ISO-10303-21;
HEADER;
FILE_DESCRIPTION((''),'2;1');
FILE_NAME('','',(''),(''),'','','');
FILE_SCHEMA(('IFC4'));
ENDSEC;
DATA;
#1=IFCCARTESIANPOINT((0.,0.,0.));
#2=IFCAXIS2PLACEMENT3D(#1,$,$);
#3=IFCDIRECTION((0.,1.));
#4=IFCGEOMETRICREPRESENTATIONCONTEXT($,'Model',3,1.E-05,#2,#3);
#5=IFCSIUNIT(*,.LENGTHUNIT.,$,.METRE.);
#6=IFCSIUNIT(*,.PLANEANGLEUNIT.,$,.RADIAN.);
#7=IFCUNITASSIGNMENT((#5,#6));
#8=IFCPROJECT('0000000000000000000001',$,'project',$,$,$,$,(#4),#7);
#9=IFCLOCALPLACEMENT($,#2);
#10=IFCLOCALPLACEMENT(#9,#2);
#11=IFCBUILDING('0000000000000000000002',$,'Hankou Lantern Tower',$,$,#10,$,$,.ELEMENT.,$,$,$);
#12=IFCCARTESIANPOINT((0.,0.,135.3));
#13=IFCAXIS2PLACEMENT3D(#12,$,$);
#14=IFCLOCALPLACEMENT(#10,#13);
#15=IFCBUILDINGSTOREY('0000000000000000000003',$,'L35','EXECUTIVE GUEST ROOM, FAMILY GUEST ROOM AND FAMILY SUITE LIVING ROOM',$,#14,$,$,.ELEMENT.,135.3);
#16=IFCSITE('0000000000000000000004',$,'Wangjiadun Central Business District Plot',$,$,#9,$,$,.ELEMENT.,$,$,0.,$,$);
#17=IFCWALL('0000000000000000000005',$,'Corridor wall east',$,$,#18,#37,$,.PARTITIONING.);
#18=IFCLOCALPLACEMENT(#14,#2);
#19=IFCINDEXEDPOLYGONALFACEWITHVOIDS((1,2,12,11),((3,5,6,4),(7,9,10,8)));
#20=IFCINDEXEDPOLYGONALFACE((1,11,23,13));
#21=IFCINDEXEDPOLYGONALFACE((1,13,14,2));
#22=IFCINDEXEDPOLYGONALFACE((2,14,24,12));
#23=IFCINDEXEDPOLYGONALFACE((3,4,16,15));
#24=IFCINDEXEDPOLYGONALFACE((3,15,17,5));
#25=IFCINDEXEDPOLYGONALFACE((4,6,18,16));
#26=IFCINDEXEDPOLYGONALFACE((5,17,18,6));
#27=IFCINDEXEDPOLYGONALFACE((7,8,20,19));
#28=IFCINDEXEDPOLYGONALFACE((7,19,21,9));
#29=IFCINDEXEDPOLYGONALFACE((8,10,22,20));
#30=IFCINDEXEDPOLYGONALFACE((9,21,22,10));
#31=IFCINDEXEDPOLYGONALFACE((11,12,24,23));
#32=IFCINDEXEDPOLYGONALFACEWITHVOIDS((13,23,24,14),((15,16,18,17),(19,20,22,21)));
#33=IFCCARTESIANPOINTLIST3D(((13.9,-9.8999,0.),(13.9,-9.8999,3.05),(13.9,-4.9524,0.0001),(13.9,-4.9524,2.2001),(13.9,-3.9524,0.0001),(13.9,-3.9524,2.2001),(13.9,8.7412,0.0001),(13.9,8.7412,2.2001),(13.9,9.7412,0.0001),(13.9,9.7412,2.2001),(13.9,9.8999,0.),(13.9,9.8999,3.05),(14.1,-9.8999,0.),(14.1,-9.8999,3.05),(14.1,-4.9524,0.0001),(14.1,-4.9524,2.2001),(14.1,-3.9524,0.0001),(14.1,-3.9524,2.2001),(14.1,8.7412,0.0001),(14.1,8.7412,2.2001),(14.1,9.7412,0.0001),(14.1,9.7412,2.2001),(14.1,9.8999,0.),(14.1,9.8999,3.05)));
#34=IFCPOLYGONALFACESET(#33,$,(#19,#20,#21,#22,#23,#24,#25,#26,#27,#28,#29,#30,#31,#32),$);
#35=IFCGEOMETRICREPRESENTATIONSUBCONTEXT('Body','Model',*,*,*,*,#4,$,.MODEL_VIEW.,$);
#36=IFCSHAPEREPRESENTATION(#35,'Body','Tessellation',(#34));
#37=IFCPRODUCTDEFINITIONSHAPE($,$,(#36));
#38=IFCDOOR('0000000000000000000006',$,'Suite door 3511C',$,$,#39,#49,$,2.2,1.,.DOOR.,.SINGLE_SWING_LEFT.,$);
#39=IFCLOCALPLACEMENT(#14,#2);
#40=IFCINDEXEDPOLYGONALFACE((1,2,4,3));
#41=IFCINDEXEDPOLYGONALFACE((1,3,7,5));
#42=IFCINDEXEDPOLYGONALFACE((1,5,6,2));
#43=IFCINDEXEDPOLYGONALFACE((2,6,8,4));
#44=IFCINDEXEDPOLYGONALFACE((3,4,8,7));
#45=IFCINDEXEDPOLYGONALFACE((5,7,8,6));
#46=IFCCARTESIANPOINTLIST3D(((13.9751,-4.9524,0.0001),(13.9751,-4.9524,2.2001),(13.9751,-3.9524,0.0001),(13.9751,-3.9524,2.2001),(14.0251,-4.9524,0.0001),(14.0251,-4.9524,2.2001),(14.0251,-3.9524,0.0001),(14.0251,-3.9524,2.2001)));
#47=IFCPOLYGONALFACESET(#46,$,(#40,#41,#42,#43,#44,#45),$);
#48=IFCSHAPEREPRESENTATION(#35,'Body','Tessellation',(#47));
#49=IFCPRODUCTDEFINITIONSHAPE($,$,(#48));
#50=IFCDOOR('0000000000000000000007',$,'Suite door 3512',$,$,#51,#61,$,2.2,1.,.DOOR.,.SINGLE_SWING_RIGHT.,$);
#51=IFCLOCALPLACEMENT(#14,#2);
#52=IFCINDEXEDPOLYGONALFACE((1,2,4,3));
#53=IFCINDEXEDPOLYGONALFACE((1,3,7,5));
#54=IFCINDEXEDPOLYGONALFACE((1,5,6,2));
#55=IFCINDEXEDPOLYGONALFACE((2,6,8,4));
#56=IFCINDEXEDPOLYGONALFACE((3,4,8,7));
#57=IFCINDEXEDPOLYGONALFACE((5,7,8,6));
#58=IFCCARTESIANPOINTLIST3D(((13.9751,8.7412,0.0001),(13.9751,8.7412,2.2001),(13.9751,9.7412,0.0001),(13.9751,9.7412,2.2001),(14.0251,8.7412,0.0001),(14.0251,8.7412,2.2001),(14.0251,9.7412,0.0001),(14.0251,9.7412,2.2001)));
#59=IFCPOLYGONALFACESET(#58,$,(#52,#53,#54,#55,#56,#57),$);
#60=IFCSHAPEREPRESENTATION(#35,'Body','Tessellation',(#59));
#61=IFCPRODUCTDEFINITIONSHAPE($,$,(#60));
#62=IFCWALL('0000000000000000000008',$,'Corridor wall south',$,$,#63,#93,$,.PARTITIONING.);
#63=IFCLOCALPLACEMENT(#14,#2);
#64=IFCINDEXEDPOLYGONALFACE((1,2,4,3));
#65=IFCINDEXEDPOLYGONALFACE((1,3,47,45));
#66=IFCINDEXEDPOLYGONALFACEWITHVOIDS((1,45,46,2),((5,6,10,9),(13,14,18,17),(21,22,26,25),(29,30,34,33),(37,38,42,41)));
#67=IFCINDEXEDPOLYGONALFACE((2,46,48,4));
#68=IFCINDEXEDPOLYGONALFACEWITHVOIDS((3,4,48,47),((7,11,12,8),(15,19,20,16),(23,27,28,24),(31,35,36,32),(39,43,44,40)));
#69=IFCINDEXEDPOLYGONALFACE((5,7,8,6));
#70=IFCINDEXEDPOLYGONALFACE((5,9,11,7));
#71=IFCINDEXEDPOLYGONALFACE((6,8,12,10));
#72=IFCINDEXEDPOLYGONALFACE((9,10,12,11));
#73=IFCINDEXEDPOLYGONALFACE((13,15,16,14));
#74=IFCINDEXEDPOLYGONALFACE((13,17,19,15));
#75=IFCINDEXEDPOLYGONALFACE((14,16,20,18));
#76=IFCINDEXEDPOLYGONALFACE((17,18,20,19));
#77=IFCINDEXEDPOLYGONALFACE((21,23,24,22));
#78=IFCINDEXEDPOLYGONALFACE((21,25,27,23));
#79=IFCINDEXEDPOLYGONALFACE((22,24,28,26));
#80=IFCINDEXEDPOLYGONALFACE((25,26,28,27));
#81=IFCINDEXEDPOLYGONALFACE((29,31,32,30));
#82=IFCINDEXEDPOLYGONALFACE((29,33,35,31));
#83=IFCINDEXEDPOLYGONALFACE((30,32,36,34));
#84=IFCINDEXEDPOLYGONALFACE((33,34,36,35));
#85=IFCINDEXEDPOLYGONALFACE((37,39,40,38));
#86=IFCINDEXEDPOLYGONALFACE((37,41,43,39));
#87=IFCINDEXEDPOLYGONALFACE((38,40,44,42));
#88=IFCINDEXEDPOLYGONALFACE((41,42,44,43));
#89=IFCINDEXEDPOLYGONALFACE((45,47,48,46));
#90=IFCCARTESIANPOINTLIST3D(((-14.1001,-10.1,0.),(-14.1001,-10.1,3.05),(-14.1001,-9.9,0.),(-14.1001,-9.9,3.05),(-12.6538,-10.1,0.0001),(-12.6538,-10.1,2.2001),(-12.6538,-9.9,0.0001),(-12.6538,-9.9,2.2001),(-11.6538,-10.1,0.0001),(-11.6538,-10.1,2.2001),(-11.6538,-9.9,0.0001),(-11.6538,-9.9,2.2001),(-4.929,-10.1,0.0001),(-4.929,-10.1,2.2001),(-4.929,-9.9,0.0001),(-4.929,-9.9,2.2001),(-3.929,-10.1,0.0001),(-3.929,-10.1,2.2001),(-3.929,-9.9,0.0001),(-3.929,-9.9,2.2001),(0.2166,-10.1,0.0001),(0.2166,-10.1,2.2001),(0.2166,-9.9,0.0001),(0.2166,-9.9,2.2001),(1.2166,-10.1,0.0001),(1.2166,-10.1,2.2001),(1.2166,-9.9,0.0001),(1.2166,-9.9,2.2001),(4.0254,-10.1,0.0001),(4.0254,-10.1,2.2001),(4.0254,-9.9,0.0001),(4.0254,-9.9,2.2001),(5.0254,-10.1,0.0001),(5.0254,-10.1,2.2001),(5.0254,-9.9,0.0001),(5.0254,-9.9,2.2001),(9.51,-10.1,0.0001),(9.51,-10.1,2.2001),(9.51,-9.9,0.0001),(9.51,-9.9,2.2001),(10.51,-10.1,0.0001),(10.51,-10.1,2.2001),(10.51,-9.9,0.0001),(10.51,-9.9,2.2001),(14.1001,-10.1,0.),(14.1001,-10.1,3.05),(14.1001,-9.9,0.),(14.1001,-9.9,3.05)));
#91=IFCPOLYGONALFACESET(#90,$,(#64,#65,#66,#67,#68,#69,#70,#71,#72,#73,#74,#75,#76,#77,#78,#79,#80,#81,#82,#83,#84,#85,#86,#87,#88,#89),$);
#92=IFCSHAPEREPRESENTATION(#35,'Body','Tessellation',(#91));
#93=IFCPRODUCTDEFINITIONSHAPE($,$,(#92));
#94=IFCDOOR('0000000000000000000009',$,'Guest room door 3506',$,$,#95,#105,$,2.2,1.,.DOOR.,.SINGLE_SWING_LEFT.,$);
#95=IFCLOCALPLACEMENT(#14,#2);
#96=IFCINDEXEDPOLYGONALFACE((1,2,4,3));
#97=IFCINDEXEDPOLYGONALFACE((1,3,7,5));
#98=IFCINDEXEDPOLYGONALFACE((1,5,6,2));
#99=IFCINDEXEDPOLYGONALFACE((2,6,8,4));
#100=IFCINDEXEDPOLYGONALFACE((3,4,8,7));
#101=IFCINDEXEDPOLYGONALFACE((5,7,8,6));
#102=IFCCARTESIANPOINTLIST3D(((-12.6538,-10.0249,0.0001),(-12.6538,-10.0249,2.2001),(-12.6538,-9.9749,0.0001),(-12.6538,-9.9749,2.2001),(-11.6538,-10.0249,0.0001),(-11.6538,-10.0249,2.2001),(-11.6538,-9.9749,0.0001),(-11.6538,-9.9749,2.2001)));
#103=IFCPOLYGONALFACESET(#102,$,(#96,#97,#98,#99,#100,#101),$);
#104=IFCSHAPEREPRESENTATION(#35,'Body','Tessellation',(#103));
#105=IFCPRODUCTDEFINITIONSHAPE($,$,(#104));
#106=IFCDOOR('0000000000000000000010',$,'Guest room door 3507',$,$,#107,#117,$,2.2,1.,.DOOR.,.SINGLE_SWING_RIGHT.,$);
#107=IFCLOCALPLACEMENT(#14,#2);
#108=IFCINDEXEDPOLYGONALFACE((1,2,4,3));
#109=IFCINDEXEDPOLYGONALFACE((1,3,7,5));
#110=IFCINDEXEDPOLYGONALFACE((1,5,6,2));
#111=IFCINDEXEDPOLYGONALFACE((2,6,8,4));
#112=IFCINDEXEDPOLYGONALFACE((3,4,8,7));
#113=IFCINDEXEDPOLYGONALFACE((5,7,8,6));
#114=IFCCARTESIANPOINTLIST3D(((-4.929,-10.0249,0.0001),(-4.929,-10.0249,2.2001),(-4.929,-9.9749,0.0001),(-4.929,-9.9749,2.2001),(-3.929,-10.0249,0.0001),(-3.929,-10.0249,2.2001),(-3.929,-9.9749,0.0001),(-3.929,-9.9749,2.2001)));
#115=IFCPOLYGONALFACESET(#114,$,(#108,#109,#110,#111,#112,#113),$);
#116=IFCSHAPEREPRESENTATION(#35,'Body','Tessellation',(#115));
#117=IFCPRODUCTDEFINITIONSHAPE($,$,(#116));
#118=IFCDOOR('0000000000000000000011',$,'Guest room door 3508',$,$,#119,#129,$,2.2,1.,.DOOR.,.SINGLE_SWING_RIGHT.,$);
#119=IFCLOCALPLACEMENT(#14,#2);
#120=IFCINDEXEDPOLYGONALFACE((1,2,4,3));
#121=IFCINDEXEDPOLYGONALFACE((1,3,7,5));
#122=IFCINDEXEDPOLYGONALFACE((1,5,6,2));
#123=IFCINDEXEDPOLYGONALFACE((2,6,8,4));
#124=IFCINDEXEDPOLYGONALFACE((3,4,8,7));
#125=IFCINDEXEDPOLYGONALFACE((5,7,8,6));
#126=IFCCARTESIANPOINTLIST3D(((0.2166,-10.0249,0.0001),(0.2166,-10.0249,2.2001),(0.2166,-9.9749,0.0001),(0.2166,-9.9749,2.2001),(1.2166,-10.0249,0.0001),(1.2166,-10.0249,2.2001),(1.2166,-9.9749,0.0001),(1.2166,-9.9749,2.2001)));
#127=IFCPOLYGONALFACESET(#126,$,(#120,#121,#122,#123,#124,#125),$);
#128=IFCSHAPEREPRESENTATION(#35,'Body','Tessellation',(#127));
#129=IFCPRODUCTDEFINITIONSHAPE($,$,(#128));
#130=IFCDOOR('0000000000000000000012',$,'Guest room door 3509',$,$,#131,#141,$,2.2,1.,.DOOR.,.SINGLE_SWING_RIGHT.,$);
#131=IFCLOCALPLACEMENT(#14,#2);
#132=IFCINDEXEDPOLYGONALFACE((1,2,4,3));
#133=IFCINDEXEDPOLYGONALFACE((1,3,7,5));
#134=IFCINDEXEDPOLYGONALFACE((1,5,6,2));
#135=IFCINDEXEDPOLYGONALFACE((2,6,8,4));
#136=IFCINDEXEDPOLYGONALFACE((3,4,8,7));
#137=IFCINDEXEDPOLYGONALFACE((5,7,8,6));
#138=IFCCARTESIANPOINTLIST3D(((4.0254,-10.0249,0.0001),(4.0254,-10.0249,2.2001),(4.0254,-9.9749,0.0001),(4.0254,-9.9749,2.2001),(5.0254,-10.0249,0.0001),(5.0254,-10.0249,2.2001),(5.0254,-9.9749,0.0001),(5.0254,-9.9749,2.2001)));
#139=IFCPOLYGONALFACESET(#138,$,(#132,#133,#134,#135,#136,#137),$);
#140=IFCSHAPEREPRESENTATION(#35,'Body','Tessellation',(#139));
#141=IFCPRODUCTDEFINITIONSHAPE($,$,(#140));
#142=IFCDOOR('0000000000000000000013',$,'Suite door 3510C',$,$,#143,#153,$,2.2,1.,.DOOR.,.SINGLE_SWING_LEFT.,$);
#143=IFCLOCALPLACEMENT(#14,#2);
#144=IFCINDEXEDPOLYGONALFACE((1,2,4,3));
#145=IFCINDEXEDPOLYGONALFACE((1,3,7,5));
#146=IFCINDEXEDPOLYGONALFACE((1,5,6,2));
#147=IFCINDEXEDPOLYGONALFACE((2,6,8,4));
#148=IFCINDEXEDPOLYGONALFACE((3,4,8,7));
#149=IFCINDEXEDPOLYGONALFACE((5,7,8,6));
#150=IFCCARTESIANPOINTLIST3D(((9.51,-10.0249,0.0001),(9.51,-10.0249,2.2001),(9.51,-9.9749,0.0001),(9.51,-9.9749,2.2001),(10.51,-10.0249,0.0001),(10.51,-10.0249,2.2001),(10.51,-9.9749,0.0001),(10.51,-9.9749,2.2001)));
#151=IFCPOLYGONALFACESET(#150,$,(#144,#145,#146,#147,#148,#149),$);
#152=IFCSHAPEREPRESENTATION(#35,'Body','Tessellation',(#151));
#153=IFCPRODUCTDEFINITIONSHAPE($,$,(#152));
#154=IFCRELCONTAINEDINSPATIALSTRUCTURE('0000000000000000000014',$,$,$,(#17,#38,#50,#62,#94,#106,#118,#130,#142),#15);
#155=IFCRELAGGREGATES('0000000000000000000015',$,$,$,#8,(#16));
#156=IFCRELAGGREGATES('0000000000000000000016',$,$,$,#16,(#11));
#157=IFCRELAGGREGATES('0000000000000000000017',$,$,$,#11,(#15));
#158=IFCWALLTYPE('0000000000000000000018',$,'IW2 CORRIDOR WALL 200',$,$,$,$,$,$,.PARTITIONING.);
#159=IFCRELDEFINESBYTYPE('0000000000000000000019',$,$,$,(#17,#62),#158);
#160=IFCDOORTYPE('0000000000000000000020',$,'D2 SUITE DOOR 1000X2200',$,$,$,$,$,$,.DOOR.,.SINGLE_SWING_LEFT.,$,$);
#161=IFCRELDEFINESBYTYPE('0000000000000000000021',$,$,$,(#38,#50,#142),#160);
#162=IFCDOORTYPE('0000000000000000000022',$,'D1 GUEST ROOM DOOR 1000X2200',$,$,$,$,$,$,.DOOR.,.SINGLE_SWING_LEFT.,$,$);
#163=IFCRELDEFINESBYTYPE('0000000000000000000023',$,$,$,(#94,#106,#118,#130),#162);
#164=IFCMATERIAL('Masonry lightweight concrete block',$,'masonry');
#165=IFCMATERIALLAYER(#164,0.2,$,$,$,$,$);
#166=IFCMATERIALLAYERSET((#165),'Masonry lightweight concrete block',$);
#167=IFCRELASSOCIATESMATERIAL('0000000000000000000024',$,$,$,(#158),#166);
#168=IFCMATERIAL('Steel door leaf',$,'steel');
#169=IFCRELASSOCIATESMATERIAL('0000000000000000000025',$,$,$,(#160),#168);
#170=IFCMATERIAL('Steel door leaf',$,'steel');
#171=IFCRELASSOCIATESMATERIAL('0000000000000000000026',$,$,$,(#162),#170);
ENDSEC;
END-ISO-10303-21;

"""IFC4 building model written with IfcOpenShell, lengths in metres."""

from ifc_helpers import new_model, si_unit, direction, frame, frame_2d, origin, place, context, subcontext, project, spatial, rectangle, extrude, material, layer, layer_set, type_object, element, fill, save


model = new_model("IFC4")

# Units and contexts
model_context = context("Model", 3, precision=1e-05, world=origin(), true_north=direction((0.0, 1.0)))
body_context = subcontext(model_context, "Body", "Model", "MODEL_VIEW")
ifc_project = project(units=[si_unit("LENGTHUNIT", "METRE"), si_unit("PLANEANGLEUNIT", "RADIAN")], contexts=[model_context])

# Site, building, storey
site_placement = place(None, origin())
site = spatial("IfcSite", under=ifc_project, at=site_placement, Name="Wangjiadun Central Business District Plot", CompositionType="ELEMENT", RefElevation=0.0)
building_placement = place(site_placement, origin())
building = spatial("IfcBuilding", under=site, at=building_placement, Name="Hankou Lantern Tower", CompositionType="ELEMENT")
storey_placement = place(building_placement, frame((0.0, 0.0, 135.3)))
storey = spatial("IfcBuildingStorey", under=building, at=storey_placement, Name="L35", Description="EXECUTIVE GUEST ROOM, FAMILY GUEST ROOM AND FAMILY SUITE LIVING ROOM", CompositionType="ELEMENT", Elevation=135.3)

# Walls, openings, doors
ifc_material_1 = material(Name="Masonry lightweight concrete block", Category="masonry")
ifc_layer_1 = layer(ifc_material_1, 0.2)
ifc_layer_set_1 = layer_set([ifc_layer_1], Name="Masonry lightweight concrete block")
wall_type_1 = type_object("IfcWallType", Name="IW2 CORRIDOR WALL 200", PredefinedType="PARTITIONING", material=ifc_layer_set_1)
wall_1_placement = place(storey_placement, frame((14.0, -9.8999, 0.0), z_axis=(0.0, 0.0, 1.0), x_axis=(0.0, 1.0, 0.0)))
wall_1 = element("IfcWall", 1, at=wall_1_placement, inside=storey, type_object=wall_type_1, Name="Corridor wall east", PredefinedType="PARTITIONING", context=body_context, shape_type="SweptSolid", body=[
    extrude(rectangle(XDim=19.7998, YDim=0.2, at=frame_2d((9.8999, 0.0))), origin(), (0.0, 0.0, 1.0), 3.05),
])
opening_1_placement = place(wall_1_placement, frame((4.9475, 0.0, 0.0)))
opening_1 = element("IfcOpeningElement", 2, at=opening_1_placement, cuts=wall_1, PredefinedType="OPENING", context=body_context, shape_type="SweptSolid", body=[
    extrude(rectangle(XDim=1.0, YDim=2.2, at=frame_2d((0.5, 1.1001))), frame((0.0, 0.1099, 0.0), z_axis=(0.0, -1.0, 0.0), x_axis=(1.0, 0.0, 0.0)), (0.0, 0.0, 1.0), 0.22),
])
opening_2_placement = place(wall_1_placement, frame((18.6411, 0.0, 0.0)))
opening_2 = element("IfcOpeningElement", 3, at=opening_2_placement, cuts=wall_1, PredefinedType="OPENING", context=body_context, shape_type="SweptSolid", body=[
    extrude(rectangle(XDim=1.0, YDim=2.2, at=frame_2d((0.5, 1.1001))), frame((0.0, 0.1099, 0.0), z_axis=(0.0, -1.0, 0.0), x_axis=(1.0, 0.0, 0.0)), (0.0, 0.0, 1.0), 0.22),
])
ifc_material_2 = material(Name="Steel door leaf", Category="steel")
door_type_1 = type_object("IfcDoorType", Name="D2 SUITE DOOR 1000X2200", OperationType="SINGLE_SWING_LEFT", PredefinedType="DOOR", material=ifc_material_2)
door_1_placement = place(opening_1_placement, origin())
door_1 = element("IfcDoor", 4, at=door_1_placement, inside=storey, type_object=door_type_1, Name="Suite door 3511C", OperationType="SINGLE_SWING_LEFT", OverallHeight=2.2, OverallWidth=1.0, PredefinedType="DOOR", context=body_context, shape_type="SweptSolid", body=[
    extrude(rectangle(XDim=1.0, YDim=2.2, at=frame_2d((0.5, 1.1001))), frame((0.0, 0.0249, 0.0), z_axis=(0.0, -1.0, 0.0), x_axis=(1.0, 0.0, 0.0)), (0.0, 0.0, 1.0), 0.05),
])
fill(opening_1, door_1)
door_2_placement = place(opening_2_placement, origin())
door_2 = element("IfcDoor", 5, at=door_2_placement, inside=storey, type_object=door_type_1, Name="Suite door 3512", OperationType="SINGLE_SWING_RIGHT", OverallHeight=2.2, OverallWidth=1.0, PredefinedType="DOOR", context=body_context, shape_type="SweptSolid", body=[
    extrude(rectangle(XDim=1.0, YDim=2.2, at=frame_2d((0.5, 1.1001))), frame((0.0, 0.0249, 0.0), z_axis=(0.0, -1.0, 0.0), x_axis=(1.0, 0.0, 0.0)), (0.0, 0.0, 1.0), 0.05),
])
fill(opening_2, door_2)
wall_2_placement = place(storey_placement, frame((14.1001, -10.0, 0.0), z_axis=(0.0, 0.0, 1.0), x_axis=(-1.0, 0.0, 0.0)))
wall_2 = element("IfcWall", 6, at=wall_2_placement, inside=storey, type_object=wall_type_1, Name="Corridor wall south", PredefinedType="PARTITIONING", context=body_context, shape_type="SweptSolid", body=[
    extrude(rectangle(XDim=28.2002, YDim=0.2, at=frame_2d((14.1001, 0.0))), origin(), (0.0, 0.0, 1.0), 3.05),
])
opening_3_placement = place(wall_2_placement, frame((25.7539, 0.0, 0.0)))
opening_3 = element("IfcOpeningElement", 7, at=opening_3_placement, cuts=wall_2, PredefinedType="OPENING", context=body_context, shape_type="SweptSolid", body=[
    extrude(rectangle(XDim=1.0, YDim=2.2, at=frame_2d((0.5, 1.1001))), frame((0.0, 0.1099, 0.0), z_axis=(0.0, -1.0, 0.0), x_axis=(1.0, 0.0, 0.0)), (0.0, 0.0, 1.0), 0.22),
])
opening_4_placement = place(wall_2_placement, frame((18.0291, 0.0, 0.0)))
opening_4 = element("IfcOpeningElement", 8, at=opening_4_placement, cuts=wall_2, PredefinedType="OPENING", context=body_context, shape_type="SweptSolid", body=[
    extrude(rectangle(XDim=1.0, YDim=2.2, at=frame_2d((0.5, 1.1001))), frame((0.0, 0.1099, 0.0), z_axis=(0.0, -1.0, 0.0), x_axis=(1.0, 0.0, 0.0)), (0.0, 0.0, 1.0), 0.22),
])
opening_5_placement = place(wall_2_placement, frame((12.8835, 0.0, 0.0)))
opening_5 = element("IfcOpeningElement", 9, at=opening_5_placement, cuts=wall_2, PredefinedType="OPENING", context=body_context, shape_type="SweptSolid", body=[
    extrude(rectangle(XDim=1.0, YDim=2.2, at=frame_2d((0.5, 1.1001))), frame((0.0, 0.1099, 0.0), z_axis=(0.0, -1.0, 0.0), x_axis=(1.0, 0.0, 0.0)), (0.0, 0.0, 1.0), 0.22),
])
opening_6_placement = place(wall_2_placement, frame((9.0747, 0.0, 0.0)))
opening_6 = element("IfcOpeningElement", 10, at=opening_6_placement, cuts=wall_2, PredefinedType="OPENING", context=body_context, shape_type="SweptSolid", body=[
    extrude(rectangle(XDim=1.0, YDim=2.2, at=frame_2d((0.5, 1.1001))), frame((0.0, 0.1099, 0.0), z_axis=(0.0, -1.0, 0.0), x_axis=(1.0, 0.0, 0.0)), (0.0, 0.0, 1.0), 0.22),
])
opening_7_placement = place(wall_2_placement, frame((3.5901, 0.0, 0.0)))
opening_7 = element("IfcOpeningElement", 11, at=opening_7_placement, cuts=wall_2, PredefinedType="OPENING", context=body_context, shape_type="SweptSolid", body=[
    extrude(rectangle(XDim=1.0, YDim=2.2, at=frame_2d((0.5, 1.1001))), frame((0.0, 0.1099, 0.0), z_axis=(0.0, -1.0, 0.0), x_axis=(1.0, 0.0, 0.0)), (0.0, 0.0, 1.0), 0.22),
])
ifc_material_3 = material(Name="Steel door leaf", Category="steel")
door_type_2 = type_object("IfcDoorType", Name="D1 GUEST ROOM DOOR 1000X2200", OperationType="SINGLE_SWING_LEFT", PredefinedType="DOOR", material=ifc_material_3)
door_3_placement = place(opening_3_placement, origin())
door_3 = element("IfcDoor", 12, at=door_3_placement, inside=storey, type_object=door_type_2, Name="Guest room door 3506", OperationType="SINGLE_SWING_LEFT", OverallHeight=2.2, OverallWidth=1.0, PredefinedType="DOOR", context=body_context, shape_type="SweptSolid", body=[
    extrude(rectangle(XDim=1.0, YDim=2.2, at=frame_2d((0.5, 1.1001))), frame((0.0, 0.0249, 0.0), z_axis=(0.0, -1.0, 0.0), x_axis=(1.0, 0.0, 0.0)), (0.0, 0.0, 1.0), 0.05),
])
fill(opening_3, door_3)
door_4_placement = place(opening_4_placement, origin())
door_4 = element("IfcDoor", 13, at=door_4_placement, inside=storey, type_object=door_type_2, Name="Guest room door 3507", OperationType="SINGLE_SWING_RIGHT", OverallHeight=2.2, OverallWidth=1.0, PredefinedType="DOOR", context=body_context, shape_type="SweptSolid", body=[
    extrude(rectangle(XDim=1.0, YDim=2.2, at=frame_2d((0.5, 1.1001))), frame((0.0, 0.0249, 0.0), z_axis=(0.0, -1.0, 0.0), x_axis=(1.0, 0.0, 0.0)), (0.0, 0.0, 1.0), 0.05),
])
fill(opening_4, door_4)
door_5_placement = place(opening_5_placement, origin())
door_5 = element("IfcDoor", 14, at=door_5_placement, inside=storey, type_object=door_type_2, Name="Guest room door 3508", OperationType="SINGLE_SWING_RIGHT", OverallHeight=2.2, OverallWidth=1.0, PredefinedType="DOOR", context=body_context, shape_type="SweptSolid", body=[
    extrude(rectangle(XDim=1.0, YDim=2.2, at=frame_2d((0.5, 1.1001))), frame((0.0, 0.0249, 0.0), z_axis=(0.0, -1.0, 0.0), x_axis=(1.0, 0.0, 0.0)), (0.0, 0.0, 1.0), 0.05),
])
fill(opening_5, door_5)
door_6_placement = place(opening_6_placement, origin())
door_6 = element("IfcDoor", 15, at=door_6_placement, inside=storey, type_object=door_type_2, Name="Guest room door 3509", OperationType="SINGLE_SWING_RIGHT", OverallHeight=2.2, OverallWidth=1.0, PredefinedType="DOOR", context=body_context, shape_type="SweptSolid", body=[
    extrude(rectangle(XDim=1.0, YDim=2.2, at=frame_2d((0.5, 1.1001))), frame((0.0, 0.0249, 0.0), z_axis=(0.0, -1.0, 0.0), x_axis=(1.0, 0.0, 0.0)), (0.0, 0.0, 1.0), 0.05),
])
fill(opening_6, door_6)
door_7_placement = place(opening_7_placement, origin())
door_7 = element("IfcDoor", 16, at=door_7_placement, inside=storey, type_object=door_type_1, Name="Suite door 3510C", OperationType="SINGLE_SWING_LEFT", OverallHeight=2.2, OverallWidth=1.0, PredefinedType="DOOR", context=body_context, shape_type="SweptSolid", body=[
    extrude(rectangle(XDim=1.0, YDim=2.2, at=frame_2d((0.5, 1.1001))), frame((0.0, 0.0249, 0.0), z_axis=(0.0, -1.0, 0.0), x_axis=(1.0, 0.0, 0.0)), (0.0, 0.0, 1.0), 0.05),
])
fill(opening_7, door_7)

save(model, "model.ifc")
